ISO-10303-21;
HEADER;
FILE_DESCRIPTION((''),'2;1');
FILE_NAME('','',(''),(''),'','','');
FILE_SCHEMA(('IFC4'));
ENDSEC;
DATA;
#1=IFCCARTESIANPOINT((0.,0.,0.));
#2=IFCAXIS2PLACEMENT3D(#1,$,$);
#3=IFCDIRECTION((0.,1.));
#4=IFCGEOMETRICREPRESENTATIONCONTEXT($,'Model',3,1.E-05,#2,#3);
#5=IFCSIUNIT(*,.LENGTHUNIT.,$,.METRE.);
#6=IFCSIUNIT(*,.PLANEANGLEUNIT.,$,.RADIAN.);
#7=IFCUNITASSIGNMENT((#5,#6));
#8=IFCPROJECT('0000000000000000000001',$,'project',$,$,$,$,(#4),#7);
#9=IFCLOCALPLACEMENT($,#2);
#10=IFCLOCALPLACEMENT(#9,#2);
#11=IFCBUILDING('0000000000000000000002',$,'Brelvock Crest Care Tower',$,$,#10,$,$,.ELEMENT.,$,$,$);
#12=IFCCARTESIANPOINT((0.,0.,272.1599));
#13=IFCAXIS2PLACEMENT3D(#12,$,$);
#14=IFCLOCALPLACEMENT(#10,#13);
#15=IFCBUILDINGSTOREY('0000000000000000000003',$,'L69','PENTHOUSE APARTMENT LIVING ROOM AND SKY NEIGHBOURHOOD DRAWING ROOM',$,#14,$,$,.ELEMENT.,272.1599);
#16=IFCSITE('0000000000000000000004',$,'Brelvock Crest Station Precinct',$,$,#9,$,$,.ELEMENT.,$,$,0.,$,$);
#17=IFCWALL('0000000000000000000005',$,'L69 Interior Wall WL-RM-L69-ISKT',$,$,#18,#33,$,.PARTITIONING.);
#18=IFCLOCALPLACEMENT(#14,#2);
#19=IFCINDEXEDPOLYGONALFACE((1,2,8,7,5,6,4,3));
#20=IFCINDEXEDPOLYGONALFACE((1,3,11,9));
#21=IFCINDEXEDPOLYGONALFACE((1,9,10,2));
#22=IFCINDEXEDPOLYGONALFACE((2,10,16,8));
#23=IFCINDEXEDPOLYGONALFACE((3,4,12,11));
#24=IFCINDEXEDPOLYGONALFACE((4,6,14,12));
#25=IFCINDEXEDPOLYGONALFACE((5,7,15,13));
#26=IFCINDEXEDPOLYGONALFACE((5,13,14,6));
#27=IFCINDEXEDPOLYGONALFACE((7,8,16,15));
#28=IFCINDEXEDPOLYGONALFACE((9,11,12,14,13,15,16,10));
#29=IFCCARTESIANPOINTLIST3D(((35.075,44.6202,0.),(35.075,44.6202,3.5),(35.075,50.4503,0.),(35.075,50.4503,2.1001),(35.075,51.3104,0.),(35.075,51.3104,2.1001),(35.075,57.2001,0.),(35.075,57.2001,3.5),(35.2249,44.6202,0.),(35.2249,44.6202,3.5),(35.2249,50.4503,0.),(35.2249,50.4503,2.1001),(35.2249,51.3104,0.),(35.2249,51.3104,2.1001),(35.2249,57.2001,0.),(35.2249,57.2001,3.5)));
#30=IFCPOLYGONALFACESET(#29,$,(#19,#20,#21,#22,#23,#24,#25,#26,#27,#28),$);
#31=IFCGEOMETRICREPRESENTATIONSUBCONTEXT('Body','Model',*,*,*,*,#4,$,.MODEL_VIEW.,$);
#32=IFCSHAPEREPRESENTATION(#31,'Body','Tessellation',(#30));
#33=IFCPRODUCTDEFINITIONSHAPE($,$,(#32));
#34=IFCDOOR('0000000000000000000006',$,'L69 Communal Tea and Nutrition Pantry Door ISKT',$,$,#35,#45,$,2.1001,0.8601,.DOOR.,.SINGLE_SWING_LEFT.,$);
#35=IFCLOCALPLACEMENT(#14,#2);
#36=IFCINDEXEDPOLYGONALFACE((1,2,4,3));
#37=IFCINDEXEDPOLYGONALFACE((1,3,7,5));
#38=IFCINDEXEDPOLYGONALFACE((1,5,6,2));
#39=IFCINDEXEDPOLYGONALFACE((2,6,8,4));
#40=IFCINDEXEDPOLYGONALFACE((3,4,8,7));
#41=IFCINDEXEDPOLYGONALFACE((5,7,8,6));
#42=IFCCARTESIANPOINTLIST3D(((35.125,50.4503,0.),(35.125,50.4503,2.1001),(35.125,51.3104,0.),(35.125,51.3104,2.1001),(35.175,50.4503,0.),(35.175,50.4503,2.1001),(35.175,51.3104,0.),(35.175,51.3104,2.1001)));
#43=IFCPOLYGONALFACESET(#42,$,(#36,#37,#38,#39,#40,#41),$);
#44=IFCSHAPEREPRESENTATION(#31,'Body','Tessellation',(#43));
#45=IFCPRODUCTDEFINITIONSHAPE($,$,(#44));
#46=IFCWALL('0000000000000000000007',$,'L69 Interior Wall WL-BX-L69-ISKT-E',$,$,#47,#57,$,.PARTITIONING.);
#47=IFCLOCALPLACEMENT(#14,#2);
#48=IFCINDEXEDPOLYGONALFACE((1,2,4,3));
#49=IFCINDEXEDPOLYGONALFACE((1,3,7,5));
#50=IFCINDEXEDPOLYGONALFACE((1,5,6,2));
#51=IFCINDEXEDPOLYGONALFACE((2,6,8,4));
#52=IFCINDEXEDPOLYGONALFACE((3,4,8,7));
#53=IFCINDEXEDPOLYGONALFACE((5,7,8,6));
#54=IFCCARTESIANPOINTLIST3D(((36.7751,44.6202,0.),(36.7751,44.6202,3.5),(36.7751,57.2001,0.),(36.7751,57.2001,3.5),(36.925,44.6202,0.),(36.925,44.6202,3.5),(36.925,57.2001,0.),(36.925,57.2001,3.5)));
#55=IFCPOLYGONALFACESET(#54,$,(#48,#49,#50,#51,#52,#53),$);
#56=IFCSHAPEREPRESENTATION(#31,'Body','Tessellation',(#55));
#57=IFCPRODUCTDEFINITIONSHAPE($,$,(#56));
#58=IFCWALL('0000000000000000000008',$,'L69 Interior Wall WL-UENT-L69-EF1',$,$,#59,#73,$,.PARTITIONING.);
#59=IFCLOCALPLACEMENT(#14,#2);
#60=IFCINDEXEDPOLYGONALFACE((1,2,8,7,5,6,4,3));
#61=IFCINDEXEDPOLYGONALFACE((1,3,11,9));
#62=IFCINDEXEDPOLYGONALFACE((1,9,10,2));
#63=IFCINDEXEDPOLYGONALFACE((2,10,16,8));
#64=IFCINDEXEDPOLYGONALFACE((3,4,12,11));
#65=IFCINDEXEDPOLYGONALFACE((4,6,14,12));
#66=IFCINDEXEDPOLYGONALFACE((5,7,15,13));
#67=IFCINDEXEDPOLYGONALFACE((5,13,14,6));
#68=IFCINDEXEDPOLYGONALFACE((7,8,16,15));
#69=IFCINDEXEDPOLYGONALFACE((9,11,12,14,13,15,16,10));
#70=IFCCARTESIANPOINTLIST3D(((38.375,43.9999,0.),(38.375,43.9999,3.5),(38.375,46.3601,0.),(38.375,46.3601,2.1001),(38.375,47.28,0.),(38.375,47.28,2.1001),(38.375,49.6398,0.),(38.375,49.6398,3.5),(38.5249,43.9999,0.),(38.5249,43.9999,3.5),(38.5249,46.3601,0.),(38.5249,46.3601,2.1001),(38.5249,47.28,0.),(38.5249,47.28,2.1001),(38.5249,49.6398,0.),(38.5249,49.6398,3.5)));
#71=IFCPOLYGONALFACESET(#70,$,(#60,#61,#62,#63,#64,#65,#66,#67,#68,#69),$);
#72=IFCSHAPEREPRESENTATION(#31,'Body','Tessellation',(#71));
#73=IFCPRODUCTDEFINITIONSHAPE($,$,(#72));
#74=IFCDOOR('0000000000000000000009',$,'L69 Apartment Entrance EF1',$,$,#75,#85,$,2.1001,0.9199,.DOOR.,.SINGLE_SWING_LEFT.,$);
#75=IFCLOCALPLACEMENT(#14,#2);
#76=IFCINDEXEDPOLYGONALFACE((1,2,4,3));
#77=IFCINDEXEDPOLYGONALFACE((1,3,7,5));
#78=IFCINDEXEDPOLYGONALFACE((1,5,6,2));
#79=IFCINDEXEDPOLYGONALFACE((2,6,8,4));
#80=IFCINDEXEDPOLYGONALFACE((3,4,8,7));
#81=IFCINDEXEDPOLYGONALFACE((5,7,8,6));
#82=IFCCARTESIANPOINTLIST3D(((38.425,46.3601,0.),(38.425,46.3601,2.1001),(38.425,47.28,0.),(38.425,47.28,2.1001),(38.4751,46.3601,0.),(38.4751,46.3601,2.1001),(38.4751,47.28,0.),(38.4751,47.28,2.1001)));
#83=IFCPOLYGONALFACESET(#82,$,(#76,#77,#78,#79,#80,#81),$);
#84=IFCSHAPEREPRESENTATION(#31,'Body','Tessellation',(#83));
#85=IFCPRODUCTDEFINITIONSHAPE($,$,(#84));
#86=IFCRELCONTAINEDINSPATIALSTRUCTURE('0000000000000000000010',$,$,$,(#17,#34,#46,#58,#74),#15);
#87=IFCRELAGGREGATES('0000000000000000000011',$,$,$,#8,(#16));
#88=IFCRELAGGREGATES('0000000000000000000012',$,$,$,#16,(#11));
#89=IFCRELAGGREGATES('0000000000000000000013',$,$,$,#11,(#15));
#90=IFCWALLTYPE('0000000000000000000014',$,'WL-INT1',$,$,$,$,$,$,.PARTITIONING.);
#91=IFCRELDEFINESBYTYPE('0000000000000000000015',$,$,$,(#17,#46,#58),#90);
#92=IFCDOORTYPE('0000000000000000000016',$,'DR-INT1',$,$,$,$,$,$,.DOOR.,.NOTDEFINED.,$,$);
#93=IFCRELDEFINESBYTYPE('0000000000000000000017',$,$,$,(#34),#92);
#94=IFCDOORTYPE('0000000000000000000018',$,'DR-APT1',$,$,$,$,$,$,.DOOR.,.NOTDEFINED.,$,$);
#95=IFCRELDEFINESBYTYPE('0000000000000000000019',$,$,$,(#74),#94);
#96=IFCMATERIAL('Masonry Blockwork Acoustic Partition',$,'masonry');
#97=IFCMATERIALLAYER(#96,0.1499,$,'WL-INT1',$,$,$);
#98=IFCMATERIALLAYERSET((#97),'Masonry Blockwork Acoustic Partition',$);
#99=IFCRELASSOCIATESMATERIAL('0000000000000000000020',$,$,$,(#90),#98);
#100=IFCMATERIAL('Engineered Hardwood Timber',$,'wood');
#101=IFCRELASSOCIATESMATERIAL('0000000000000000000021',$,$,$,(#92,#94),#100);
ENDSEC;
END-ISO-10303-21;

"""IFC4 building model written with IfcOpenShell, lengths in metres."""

from ifc_helpers import new_model, si_unit, direction, frame, frame_2d, origin, origin_2d, place, context, subcontext, project, spatial, rectangle, extrude, source, transform, mapped, material, layer, layer_set, type_object, element, fill, save


model = new_model("IFC4")

# Units and contexts
model_context = context("Model", 3, precision=1e-05, world=origin(), true_north=direction((0.0, 1.0)))
body_context = subcontext(model_context, "Body", "Model", "MODEL_VIEW")
ifc_project = project(units=[si_unit("LENGTHUNIT", "METRE"), si_unit("PLANEANGLEUNIT", "RADIAN")], contexts=[model_context])

# Site, building, storey
site_placement = place(None, origin())
site = spatial("IfcSite", under=ifc_project, at=site_placement, Name="Brelvock Crest Station Precinct", CompositionType="ELEMENT", RefElevation=0.0)
building_placement = place(site_placement, origin())
building = spatial("IfcBuilding", under=site, at=building_placement, Name="Brelvock Crest Care Tower", CompositionType="ELEMENT")
storey_placement = place(building_placement, frame((0.0, 0.0, 272.1599)))
storey = spatial("IfcBuildingStorey", under=building, at=storey_placement, Name="L69", Description="PENTHOUSE APARTMENT LIVING ROOM AND SKY NEIGHBOURHOOD DRAWING ROOM", CompositionType="ELEMENT", Elevation=272.1599)

# Shared definitions
ifc_material_1 = material(Name="Masonry Blockwork Acoustic Partition", Category="masonry")
ifc_layer = layer(ifc_material_1, 0.1499, Name="WL-INT1")
ifc_layer_set = layer_set([ifc_layer], Name="Masonry Blockwork Acoustic Partition")
wall_type = type_object("IfcWallType", Name="WL-INT1", PredefinedType="PARTITIONING", material=ifc_layer_set)

# Wall, opening, door
wall_1_placement = place(storey_placement, frame((35.1499, 44.6201, 0.0), z_axis=(0.0, 0.0, 1.0), x_axis=(0.0, 1.0, 0.0)))
wall_1 = element("IfcWall", 1, at=wall_1_placement, inside=storey, type_object=wall_type, Name="L69 Interior Wall WL-RM-L69-ISKT", PredefinedType="PARTITIONING", context=body_context, shape_type="SweptSolid", body=[
    extrude(rectangle(XDim=12.5798, YDim=0.1499, at=frame_2d((6.29, 0.0))), origin(), (0.0, 0.0, 1.0), 3.5),
])
opening_1_placement = place(wall_1_placement, frame((5.8301, 0.0, 0.0)))
opening_1 = element("IfcOpeningElement", 2, at=opening_1_placement, cuts=wall_1, PredefinedType="OPENING", context=body_context, shape_type="SweptSolid", body=[
    extrude(rectangle(XDim=0.8601, YDim=2.1001, at=origin_2d()), frame((0.4302, 0.085, 1.05), z_axis=(0.0, -1.0, 0.0), x_axis=(1.0, 0.0, 0.0)), (0.0, 0.0, 1.0), 0.1699),
])
ifc_material_2 = material(Name="Engineered Hardwood Timber", Category="wood")
door_type_1 = type_object("IfcDoorType", Name="DR-INT1", OperationType="NOTDEFINED", PredefinedType="DOOR", material=ifc_material_2)
shared_shape_1 = source(origin(), body_context, "Body", "SweptSolid", [
    extrude(rectangle(XDim=0.8601, YDim=2.1001, at=origin_2d()), frame((0.4302, 0.0249, 1.05), z_axis=(0.0, -1.0, 0.0), x_axis=(1.0, 0.0, 0.0)), (0.0, 0.0, 1.0), 0.05),
])
door_1_placement = place(opening_1_placement, origin())
door_1 = element("IfcDoor", 3, at=door_1_placement, inside=storey, type_object=door_type_1, Name="L69 Communal Tea and Nutrition Pantry Door ISKT", OperationType="SINGLE_SWING_LEFT", OverallHeight=2.1001, OverallWidth=0.8601, PredefinedType="DOOR", context=body_context, shape_type="MappedRepresentation", body=[
    mapped(shared_shape_1, transform((0.0, 0.0, 0.0), x_axis=(1.0, 0.0, 0.0), y_axis=(0.0, 1.0, 0.0), z_axis=(0.0, 0.0, 1.0), scale=1.0)),
])
fill(opening_1, door_1)

# Wall
wall_2_placement = place(storey_placement, frame((36.8501, 44.6201, 0.0), z_axis=(0.0, 0.0, 1.0), x_axis=(0.0, 1.0, 0.0)))
element("IfcWall", 4, at=wall_2_placement, inside=storey, type_object=wall_type, Name="L69 Interior Wall WL-BX-L69-ISKT-E", PredefinedType="PARTITIONING", context=body_context, shape_type="SweptSolid", body=[
    extrude(rectangle(XDim=12.5798, YDim=0.1499, at=frame_2d((6.29, 0.0))), origin(), (0.0, 0.0, 1.0), 3.5),
])

# Wall, opening, door
wall_3_placement = place(storey_placement, frame((38.45, 44.0, 0.0), z_axis=(0.0, 0.0, 1.0), x_axis=(0.0, 1.0, 0.0)))
wall_3 = element("IfcWall", 5, at=wall_3_placement, inside=storey, type_object=wall_type, Name="L69 Interior Wall WL-UENT-L69-EF1", PredefinedType="PARTITIONING", context=body_context, shape_type="SweptSolid", body=[
    extrude(rectangle(XDim=5.6399, YDim=0.1499, at=frame_2d((2.8198, 0.0))), origin(), (0.0, 0.0, 1.0), 3.5),
])
opening_2_placement = place(wall_3_placement, frame((2.3601, 0.0, 0.0)))
opening_2 = element("IfcOpeningElement", 6, at=opening_2_placement, cuts=wall_3, PredefinedType="OPENING", context=body_context, shape_type="SweptSolid", body=[
    extrude(rectangle(XDim=0.9199, YDim=2.1001, at=origin_2d()), frame((0.46, 0.085, 1.05), z_axis=(0.0, -1.0, 0.0), x_axis=(1.0, 0.0, 0.0)), (0.0, 0.0, 1.0), 0.1699),
])
door_type_2 = type_object("IfcDoorType", Name="DR-APT1", OperationType="NOTDEFINED", PredefinedType="DOOR", material=ifc_material_2)
shared_shape_2 = source(origin(), body_context, "Body", "SweptSolid", [
    extrude(rectangle(XDim=0.9199, YDim=2.1001, at=origin_2d()), frame((0.46, 0.0249, 1.05), z_axis=(0.0, -1.0, 0.0), x_axis=(1.0, 0.0, 0.0)), (0.0, 0.0, 1.0), 0.05),
])
door_2_placement = place(opening_2_placement, origin())
door_2 = element("IfcDoor", 7, at=door_2_placement, inside=storey, type_object=door_type_2, Name="L69 Apartment Entrance EF1", OperationType="SINGLE_SWING_LEFT", OverallHeight=2.1001, OverallWidth=0.9199, PredefinedType="DOOR", context=body_context, shape_type="MappedRepresentation", body=[
    mapped(shared_shape_2, transform((0.0, 0.0, 0.0), x_axis=(1.0, 0.0, 0.0), y_axis=(0.0, 1.0, 0.0), z_axis=(0.0, 0.0, 1.0), scale=1.0)),
])
fill(opening_2, door_2)

save(model, "model.ifc")
